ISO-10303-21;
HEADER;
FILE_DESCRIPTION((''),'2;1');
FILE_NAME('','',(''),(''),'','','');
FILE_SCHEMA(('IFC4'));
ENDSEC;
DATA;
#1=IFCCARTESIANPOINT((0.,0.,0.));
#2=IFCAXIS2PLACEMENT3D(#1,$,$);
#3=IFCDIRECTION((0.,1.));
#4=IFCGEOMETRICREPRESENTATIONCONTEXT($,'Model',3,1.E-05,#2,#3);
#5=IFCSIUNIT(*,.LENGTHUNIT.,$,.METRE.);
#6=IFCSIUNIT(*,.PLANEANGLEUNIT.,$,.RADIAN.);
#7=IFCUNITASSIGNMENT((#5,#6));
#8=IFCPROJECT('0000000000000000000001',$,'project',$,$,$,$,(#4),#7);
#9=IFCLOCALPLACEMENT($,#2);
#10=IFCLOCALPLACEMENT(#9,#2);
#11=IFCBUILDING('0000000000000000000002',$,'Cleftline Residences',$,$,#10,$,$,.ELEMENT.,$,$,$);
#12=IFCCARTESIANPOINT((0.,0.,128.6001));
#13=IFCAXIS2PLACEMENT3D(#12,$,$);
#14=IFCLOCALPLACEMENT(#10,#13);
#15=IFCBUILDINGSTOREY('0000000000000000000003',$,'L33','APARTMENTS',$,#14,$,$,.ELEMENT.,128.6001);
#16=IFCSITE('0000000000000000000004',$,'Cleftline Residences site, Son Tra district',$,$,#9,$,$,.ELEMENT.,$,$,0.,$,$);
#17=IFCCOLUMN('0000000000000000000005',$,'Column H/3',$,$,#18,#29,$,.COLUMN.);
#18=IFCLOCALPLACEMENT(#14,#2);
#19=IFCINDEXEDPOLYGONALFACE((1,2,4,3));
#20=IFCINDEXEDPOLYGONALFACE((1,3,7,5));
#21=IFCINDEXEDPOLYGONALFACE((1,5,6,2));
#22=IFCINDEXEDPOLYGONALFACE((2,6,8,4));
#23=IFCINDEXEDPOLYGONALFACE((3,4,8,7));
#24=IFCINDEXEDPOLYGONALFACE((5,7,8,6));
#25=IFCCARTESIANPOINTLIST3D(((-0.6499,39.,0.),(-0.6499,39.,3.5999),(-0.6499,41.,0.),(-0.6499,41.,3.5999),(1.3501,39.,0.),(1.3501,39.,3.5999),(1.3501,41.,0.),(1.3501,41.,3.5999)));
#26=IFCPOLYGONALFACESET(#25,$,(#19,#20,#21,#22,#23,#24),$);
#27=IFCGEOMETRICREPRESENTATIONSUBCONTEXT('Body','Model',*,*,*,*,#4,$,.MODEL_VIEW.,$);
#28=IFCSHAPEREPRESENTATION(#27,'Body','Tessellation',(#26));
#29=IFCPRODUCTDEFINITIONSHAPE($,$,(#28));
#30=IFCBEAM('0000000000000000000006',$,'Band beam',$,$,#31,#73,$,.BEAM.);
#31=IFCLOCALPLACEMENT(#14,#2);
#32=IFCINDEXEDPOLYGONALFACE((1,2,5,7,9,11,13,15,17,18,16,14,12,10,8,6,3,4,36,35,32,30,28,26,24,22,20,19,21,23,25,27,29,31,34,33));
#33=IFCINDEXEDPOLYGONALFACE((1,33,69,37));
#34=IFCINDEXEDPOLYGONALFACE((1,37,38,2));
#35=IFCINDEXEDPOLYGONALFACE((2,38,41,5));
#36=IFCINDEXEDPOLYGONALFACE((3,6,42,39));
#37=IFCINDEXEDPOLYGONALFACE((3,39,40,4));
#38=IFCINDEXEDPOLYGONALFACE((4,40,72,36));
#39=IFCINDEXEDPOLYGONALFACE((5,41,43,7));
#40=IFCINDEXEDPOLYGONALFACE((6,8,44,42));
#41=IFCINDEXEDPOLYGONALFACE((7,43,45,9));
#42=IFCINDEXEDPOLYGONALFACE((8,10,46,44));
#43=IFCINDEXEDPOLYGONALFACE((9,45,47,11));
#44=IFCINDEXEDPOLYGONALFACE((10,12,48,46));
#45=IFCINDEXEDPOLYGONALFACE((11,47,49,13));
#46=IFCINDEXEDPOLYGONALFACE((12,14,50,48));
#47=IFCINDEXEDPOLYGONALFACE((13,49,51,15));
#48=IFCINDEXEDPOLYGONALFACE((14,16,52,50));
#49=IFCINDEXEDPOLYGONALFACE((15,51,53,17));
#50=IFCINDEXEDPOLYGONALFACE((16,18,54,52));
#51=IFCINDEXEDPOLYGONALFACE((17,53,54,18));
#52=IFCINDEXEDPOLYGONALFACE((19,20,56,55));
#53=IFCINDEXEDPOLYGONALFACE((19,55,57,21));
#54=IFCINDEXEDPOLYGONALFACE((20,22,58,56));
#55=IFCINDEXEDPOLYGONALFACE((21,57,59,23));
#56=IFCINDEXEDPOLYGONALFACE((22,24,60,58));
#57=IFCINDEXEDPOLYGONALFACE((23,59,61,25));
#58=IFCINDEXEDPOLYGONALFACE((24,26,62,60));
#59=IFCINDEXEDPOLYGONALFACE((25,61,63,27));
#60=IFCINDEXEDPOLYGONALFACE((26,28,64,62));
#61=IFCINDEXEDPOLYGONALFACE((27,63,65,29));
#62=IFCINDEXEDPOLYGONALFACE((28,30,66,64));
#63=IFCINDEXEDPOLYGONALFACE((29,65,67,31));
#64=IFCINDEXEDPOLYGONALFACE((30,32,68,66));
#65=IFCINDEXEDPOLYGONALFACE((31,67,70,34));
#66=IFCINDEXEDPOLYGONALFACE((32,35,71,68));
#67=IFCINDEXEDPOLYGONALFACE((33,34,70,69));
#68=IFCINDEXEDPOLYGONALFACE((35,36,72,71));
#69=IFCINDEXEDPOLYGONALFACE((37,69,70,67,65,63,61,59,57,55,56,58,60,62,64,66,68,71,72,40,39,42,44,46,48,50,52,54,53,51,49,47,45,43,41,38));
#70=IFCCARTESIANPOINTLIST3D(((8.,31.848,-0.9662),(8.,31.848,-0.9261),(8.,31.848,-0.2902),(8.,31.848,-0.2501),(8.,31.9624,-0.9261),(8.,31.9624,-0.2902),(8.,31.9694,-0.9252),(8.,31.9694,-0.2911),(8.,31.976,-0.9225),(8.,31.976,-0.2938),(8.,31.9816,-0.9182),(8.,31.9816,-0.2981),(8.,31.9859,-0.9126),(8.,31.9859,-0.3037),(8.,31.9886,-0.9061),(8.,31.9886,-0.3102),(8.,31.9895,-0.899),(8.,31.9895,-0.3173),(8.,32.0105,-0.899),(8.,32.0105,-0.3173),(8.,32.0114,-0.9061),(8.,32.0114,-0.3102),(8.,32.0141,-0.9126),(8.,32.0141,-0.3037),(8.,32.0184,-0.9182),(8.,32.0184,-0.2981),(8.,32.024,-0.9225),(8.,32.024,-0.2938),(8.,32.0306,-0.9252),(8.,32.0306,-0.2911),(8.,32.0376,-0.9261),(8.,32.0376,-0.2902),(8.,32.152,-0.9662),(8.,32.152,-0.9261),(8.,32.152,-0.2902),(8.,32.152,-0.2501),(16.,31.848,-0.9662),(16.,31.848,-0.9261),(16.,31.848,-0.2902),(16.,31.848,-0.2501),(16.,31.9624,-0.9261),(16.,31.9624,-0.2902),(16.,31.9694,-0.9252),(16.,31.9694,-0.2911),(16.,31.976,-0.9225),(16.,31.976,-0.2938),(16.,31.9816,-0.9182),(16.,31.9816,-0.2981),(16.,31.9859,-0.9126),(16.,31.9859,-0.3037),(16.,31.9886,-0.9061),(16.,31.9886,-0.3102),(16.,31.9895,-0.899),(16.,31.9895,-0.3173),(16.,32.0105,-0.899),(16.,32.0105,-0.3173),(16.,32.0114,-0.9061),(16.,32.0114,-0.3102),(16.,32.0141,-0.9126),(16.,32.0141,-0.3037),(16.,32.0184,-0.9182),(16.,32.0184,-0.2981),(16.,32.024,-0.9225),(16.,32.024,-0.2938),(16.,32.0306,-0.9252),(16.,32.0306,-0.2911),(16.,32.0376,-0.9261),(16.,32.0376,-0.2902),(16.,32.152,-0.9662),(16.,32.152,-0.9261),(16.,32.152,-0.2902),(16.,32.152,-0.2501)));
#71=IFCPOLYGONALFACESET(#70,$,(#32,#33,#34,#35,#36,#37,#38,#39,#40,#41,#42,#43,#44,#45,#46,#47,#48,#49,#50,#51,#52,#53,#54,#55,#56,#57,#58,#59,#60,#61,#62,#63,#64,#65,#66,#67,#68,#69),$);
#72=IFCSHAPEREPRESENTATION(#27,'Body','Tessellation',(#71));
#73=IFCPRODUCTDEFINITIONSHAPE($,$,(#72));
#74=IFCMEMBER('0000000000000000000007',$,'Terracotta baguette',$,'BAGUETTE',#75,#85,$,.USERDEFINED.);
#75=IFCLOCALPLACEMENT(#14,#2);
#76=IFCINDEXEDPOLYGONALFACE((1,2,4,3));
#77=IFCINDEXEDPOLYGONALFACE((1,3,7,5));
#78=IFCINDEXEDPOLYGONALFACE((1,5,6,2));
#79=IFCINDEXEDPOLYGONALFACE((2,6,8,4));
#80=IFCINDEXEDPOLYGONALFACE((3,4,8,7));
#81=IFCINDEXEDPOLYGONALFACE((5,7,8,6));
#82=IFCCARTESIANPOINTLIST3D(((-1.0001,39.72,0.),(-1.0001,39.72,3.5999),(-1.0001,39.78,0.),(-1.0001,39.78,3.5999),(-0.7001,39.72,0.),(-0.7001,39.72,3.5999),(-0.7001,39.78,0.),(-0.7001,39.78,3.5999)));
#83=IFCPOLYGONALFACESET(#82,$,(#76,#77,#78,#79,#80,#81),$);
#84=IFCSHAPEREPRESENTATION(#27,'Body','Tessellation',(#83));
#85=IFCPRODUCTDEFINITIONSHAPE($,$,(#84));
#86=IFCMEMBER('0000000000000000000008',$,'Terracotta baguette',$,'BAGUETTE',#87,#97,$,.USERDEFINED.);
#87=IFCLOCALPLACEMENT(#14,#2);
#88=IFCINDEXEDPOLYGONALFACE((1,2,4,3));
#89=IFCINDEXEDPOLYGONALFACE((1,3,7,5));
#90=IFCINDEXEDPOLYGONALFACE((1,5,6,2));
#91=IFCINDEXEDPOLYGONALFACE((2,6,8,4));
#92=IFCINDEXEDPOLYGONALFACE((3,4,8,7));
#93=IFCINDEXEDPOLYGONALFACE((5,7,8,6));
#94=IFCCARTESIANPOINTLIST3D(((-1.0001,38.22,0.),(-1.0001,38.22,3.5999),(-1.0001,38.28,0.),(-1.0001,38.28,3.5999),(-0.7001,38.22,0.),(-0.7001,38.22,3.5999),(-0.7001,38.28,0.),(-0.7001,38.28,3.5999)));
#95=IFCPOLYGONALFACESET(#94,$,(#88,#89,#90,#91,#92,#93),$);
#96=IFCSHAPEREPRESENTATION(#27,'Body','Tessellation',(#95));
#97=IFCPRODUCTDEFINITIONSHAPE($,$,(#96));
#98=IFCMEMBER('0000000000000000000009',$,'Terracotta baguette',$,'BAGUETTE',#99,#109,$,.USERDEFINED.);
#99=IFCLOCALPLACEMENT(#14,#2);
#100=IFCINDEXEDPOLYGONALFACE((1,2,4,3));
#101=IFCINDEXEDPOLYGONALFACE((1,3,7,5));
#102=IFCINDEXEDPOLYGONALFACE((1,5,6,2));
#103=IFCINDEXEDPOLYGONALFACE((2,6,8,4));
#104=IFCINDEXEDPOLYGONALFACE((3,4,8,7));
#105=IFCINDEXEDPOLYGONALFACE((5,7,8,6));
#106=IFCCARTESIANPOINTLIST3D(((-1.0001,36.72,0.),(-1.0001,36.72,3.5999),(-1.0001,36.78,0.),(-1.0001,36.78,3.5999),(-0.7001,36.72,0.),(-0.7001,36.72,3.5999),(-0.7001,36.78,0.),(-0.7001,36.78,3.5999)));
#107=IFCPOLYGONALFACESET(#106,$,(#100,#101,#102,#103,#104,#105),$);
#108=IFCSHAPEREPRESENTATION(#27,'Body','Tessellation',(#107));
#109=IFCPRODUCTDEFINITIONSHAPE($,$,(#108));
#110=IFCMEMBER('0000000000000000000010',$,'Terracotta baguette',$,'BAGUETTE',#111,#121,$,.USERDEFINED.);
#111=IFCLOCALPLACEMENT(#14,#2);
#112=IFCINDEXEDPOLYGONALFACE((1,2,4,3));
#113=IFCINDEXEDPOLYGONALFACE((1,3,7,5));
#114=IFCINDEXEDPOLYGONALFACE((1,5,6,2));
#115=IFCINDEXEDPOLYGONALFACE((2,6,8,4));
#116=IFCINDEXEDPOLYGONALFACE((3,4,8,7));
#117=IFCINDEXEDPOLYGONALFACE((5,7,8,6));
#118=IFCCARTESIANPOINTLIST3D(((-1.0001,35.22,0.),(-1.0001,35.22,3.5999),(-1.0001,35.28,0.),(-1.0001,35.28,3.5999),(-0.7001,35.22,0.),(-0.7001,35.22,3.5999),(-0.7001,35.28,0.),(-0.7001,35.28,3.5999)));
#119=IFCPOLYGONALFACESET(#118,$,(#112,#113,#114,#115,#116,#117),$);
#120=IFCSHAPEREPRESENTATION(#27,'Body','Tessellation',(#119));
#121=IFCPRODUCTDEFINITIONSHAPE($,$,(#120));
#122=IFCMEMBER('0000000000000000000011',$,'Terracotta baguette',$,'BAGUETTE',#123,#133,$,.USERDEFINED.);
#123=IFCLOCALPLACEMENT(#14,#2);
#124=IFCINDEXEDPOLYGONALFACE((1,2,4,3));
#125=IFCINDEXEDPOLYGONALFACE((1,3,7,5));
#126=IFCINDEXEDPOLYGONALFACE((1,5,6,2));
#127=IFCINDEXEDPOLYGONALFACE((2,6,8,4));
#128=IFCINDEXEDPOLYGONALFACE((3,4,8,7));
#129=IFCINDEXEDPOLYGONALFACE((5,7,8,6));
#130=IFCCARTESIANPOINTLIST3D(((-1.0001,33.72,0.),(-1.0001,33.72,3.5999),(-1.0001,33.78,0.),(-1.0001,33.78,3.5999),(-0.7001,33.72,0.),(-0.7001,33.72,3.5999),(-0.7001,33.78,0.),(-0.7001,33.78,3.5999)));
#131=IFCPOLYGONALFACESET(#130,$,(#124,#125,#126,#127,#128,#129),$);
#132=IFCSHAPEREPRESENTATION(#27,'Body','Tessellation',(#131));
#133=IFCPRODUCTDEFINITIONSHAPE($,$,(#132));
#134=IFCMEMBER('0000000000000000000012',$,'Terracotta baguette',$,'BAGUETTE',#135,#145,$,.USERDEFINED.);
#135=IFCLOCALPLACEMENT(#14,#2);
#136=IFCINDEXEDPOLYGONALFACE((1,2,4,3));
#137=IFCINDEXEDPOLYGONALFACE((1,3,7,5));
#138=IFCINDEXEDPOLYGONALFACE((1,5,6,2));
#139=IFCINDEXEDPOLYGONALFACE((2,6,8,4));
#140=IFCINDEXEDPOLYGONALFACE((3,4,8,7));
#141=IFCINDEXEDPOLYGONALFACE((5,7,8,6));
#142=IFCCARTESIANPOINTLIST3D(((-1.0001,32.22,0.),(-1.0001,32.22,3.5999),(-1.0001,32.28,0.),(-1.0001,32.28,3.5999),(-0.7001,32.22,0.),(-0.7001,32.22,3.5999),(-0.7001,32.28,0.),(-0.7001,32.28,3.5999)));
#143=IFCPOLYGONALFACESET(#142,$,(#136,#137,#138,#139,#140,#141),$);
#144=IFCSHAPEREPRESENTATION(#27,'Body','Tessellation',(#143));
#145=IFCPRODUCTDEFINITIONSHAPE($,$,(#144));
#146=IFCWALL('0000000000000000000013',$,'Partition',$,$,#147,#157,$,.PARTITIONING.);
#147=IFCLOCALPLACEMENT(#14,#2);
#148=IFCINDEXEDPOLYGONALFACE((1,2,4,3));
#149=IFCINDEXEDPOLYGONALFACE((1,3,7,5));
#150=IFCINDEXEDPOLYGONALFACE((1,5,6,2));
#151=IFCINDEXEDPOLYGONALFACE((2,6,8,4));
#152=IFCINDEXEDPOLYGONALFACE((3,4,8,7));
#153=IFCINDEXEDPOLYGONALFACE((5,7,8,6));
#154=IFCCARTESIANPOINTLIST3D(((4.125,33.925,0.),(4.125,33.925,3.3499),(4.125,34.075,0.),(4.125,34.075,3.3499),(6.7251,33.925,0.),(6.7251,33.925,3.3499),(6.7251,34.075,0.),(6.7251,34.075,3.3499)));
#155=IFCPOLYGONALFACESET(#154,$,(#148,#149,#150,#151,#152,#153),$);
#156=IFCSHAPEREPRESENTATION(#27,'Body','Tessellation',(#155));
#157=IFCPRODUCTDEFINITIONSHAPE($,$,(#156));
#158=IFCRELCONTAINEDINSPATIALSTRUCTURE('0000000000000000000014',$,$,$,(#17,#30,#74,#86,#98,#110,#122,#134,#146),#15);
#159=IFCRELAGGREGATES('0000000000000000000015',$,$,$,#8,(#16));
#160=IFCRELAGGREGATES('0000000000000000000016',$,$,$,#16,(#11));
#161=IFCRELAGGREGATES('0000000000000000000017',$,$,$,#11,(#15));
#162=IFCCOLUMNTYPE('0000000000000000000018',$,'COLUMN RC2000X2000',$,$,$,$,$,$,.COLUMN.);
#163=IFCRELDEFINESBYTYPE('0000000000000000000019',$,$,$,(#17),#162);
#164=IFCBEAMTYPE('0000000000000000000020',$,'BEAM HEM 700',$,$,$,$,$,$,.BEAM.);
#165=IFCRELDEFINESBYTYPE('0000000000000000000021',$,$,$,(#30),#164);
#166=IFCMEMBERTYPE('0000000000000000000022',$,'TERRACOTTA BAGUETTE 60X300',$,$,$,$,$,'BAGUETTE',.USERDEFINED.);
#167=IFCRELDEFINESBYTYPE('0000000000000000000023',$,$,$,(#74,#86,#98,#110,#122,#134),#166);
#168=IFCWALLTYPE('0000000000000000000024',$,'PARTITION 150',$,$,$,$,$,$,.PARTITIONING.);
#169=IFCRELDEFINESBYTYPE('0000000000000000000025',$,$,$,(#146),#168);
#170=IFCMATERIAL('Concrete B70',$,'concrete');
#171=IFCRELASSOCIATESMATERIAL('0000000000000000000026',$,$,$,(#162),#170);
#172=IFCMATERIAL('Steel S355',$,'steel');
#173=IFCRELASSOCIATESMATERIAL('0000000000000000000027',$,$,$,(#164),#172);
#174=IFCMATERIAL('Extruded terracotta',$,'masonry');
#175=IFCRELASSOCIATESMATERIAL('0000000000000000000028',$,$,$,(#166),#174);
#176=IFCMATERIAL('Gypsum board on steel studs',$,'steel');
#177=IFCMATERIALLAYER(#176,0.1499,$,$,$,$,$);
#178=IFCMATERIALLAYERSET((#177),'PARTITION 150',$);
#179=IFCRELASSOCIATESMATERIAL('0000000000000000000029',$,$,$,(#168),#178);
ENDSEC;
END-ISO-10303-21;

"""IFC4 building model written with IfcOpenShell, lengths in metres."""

from ifc_helpers import new_model, si_unit, direction, frame, frame_2d, origin, origin_2d, place, context, subcontext, project, spatial, rectangle, i_section, extrude, material, layer, layer_set, material_profile, profile_set, type_object, element, save


model = new_model("IFC4")

# Units and contexts
model_context = context("Model", 3, precision=1e-05, world=origin(), true_north=direction((0.0, 1.0)))
body_context = subcontext(model_context, "Body", "Model", "MODEL_VIEW")
ifc_project = project(units=[si_unit("LENGTHUNIT", "METRE"), si_unit("PLANEANGLEUNIT", "RADIAN")], contexts=[model_context])

# Site, building, storey
site_placement = place(None, origin())
site = spatial("IfcSite", under=ifc_project, at=site_placement, Name="Cleftline Residences site, Son Tra district", CompositionType="ELEMENT", RefElevation=0.0)
building_placement = place(site_placement, origin())
building = spatial("IfcBuilding", under=site, at=building_placement, Name="Cleftline Residences", CompositionType="ELEMENT")
storey_placement = place(building_placement, frame((0.0, 0.0, 128.6001)))
storey = spatial("IfcBuildingStorey", under=building, at=storey_placement, Name="L33", Description="APARTMENTS", CompositionType="ELEMENT", Elevation=128.6001)

# Column
ifc_material_1 = material(Name="Concrete B70", Category="concrete")
ifc_material_profile_1 = material_profile(ifc_material_1, rectangle(XDim=2.0, YDim=2.0, at=origin_2d()))
ifc_profile_set_1 = profile_set([ifc_material_profile_1], Name="Concrete B70")
column_type = type_object("IfcColumnType", Name="COLUMN RC2000X2000", PredefinedType="COLUMN", material=ifc_profile_set_1)
column_placement = place(storey_placement, frame((0.3501, 40.0, 0.0), z_axis=(0.0, 0.0, 1.0), x_axis=(1.0, 0.0, 0.0)))
element("IfcColumn", 1, at=column_placement, inside=storey, type_object=column_type, Name="Column H/3", PredefinedType="COLUMN", context=body_context, shape_type="SweptSolid", body=[
    extrude(rectangle(XDim=2.0, YDim=2.0, at=origin_2d()), origin(), (0.0, 0.0, 1.0), 3.5999),
])

# Beam
ifc_material_2 = material(Name="Steel S355", Category="steel")
ifc_material_profile_2 = material_profile(ifc_material_2, i_section(OverallWidth=0.304, OverallDepth=0.7161, WebThickness=0.021, FlangeThickness=0.04, FilletRadius=0.0271, at=origin_2d()))
ifc_profile_set_2 = profile_set([ifc_material_profile_2], Name="Steel S355")
beam_type = type_object("IfcBeamType", Name="BEAM HEM 700", PredefinedType="BEAM", material=ifc_profile_set_2)
beam_placement = place(storey_placement, frame((8.0, 32.0, -0.6082), z_axis=(1.0, 0.0, 0.0), x_axis=(0.0, 1.0, 0.0)))
element("IfcBeam", 2, at=beam_placement, inside=storey, type_object=beam_type, Name="Band beam", PredefinedType="BEAM", context=body_context, shape_type="SweptSolid", body=[
    extrude(i_section(OverallWidth=0.304, OverallDepth=0.7161, WebThickness=0.021, FlangeThickness=0.04, FilletRadius=0.0271, at=origin_2d()), origin(), (0.0, 0.0, 1.0), 8.0),
])

# Members
ifc_material_3 = material(Name="Extruded terracotta", Category="masonry")
ifc_material_profile_3 = material_profile(ifc_material_3, rectangle(XDim=0.0601, YDim=0.3, at=origin_2d()))
ifc_profile_set_3 = profile_set([ifc_material_profile_3], Name="Extruded terracotta")
member_type = type_object("IfcMemberType", Name="TERRACOTTA BAGUETTE 60X300", ElementType="BAGUETTE", PredefinedType="USERDEFINED", material=ifc_profile_set_3)
for number, where, z_axis, x_axis, name in (
    (3, (-0.8501, 39.75, 0.0), (0.0, 0.0, 1.0), (0.0, 1.0, 0.0), "Terracotta baguette"),
    (4, (-0.8501, 38.25, 0.0), (0.0, 0.0, 1.0), (0.0, 1.0, 0.0), "Terracotta baguette"),
    (5, (-0.8501, 36.75, 0.0), (0.0, 0.0, 1.0), (0.0, 1.0, 0.0), "Terracotta baguette"),
    (6, (-0.8501, 35.25, 0.0), (0.0, 0.0, 1.0), (0.0, 1.0, 0.0), "Terracotta baguette"),
    (7, (-0.8501, 33.75, 0.0), (0.0, 0.0, 1.0), (0.0, 1.0, 0.0), "Terracotta baguette"),
    (8, (-0.8501, 32.25, 0.0), (0.0, 0.0, 1.0), (0.0, 1.0, 0.0), "Terracotta baguette"),
):
    element("IfcMember", number, at=place(storey_placement, frame(where, z_axis=z_axis, x_axis=x_axis)), inside=storey, type_object=member_type, Name=name, ObjectType="BAGUETTE", PredefinedType="USERDEFINED", context=body_context, shape_type="SweptSolid", body=[
        extrude(rectangle(XDim=0.0601, YDim=0.3, at=origin_2d()), origin(), (0.0, 0.0, 1.0), 3.5999),
    ])

# Wall
ifc_material_4 = material(Name="Gypsum board on steel studs", Category="steel")
ifc_layer = layer(ifc_material_4, 0.1499)
ifc_layer_set = layer_set([ifc_layer], Name="PARTITION 150")
wall_type = type_object("IfcWallType", Name="PARTITION 150", PredefinedType="PARTITIONING", material=ifc_layer_set)
wall_1_placement = place(storey_placement, frame((4.125, 34.0, 0.0), z_axis=(0.0, 0.0, 1.0), x_axis=(1.0, 0.0, 0.0)))
element("IfcWall", 9, at=wall_1_placement, inside=storey, type_object=wall_type, Name="Partition", PredefinedType="PARTITIONING", context=body_context, shape_type="SweptSolid", body=[
    extrude(rectangle(XDim=2.6001, YDim=0.1499, at=frame_2d((1.3, 0.0))), origin(), (0.0, 0.0, 1.0), 3.3499),
])

save(model, "model.ifc")
